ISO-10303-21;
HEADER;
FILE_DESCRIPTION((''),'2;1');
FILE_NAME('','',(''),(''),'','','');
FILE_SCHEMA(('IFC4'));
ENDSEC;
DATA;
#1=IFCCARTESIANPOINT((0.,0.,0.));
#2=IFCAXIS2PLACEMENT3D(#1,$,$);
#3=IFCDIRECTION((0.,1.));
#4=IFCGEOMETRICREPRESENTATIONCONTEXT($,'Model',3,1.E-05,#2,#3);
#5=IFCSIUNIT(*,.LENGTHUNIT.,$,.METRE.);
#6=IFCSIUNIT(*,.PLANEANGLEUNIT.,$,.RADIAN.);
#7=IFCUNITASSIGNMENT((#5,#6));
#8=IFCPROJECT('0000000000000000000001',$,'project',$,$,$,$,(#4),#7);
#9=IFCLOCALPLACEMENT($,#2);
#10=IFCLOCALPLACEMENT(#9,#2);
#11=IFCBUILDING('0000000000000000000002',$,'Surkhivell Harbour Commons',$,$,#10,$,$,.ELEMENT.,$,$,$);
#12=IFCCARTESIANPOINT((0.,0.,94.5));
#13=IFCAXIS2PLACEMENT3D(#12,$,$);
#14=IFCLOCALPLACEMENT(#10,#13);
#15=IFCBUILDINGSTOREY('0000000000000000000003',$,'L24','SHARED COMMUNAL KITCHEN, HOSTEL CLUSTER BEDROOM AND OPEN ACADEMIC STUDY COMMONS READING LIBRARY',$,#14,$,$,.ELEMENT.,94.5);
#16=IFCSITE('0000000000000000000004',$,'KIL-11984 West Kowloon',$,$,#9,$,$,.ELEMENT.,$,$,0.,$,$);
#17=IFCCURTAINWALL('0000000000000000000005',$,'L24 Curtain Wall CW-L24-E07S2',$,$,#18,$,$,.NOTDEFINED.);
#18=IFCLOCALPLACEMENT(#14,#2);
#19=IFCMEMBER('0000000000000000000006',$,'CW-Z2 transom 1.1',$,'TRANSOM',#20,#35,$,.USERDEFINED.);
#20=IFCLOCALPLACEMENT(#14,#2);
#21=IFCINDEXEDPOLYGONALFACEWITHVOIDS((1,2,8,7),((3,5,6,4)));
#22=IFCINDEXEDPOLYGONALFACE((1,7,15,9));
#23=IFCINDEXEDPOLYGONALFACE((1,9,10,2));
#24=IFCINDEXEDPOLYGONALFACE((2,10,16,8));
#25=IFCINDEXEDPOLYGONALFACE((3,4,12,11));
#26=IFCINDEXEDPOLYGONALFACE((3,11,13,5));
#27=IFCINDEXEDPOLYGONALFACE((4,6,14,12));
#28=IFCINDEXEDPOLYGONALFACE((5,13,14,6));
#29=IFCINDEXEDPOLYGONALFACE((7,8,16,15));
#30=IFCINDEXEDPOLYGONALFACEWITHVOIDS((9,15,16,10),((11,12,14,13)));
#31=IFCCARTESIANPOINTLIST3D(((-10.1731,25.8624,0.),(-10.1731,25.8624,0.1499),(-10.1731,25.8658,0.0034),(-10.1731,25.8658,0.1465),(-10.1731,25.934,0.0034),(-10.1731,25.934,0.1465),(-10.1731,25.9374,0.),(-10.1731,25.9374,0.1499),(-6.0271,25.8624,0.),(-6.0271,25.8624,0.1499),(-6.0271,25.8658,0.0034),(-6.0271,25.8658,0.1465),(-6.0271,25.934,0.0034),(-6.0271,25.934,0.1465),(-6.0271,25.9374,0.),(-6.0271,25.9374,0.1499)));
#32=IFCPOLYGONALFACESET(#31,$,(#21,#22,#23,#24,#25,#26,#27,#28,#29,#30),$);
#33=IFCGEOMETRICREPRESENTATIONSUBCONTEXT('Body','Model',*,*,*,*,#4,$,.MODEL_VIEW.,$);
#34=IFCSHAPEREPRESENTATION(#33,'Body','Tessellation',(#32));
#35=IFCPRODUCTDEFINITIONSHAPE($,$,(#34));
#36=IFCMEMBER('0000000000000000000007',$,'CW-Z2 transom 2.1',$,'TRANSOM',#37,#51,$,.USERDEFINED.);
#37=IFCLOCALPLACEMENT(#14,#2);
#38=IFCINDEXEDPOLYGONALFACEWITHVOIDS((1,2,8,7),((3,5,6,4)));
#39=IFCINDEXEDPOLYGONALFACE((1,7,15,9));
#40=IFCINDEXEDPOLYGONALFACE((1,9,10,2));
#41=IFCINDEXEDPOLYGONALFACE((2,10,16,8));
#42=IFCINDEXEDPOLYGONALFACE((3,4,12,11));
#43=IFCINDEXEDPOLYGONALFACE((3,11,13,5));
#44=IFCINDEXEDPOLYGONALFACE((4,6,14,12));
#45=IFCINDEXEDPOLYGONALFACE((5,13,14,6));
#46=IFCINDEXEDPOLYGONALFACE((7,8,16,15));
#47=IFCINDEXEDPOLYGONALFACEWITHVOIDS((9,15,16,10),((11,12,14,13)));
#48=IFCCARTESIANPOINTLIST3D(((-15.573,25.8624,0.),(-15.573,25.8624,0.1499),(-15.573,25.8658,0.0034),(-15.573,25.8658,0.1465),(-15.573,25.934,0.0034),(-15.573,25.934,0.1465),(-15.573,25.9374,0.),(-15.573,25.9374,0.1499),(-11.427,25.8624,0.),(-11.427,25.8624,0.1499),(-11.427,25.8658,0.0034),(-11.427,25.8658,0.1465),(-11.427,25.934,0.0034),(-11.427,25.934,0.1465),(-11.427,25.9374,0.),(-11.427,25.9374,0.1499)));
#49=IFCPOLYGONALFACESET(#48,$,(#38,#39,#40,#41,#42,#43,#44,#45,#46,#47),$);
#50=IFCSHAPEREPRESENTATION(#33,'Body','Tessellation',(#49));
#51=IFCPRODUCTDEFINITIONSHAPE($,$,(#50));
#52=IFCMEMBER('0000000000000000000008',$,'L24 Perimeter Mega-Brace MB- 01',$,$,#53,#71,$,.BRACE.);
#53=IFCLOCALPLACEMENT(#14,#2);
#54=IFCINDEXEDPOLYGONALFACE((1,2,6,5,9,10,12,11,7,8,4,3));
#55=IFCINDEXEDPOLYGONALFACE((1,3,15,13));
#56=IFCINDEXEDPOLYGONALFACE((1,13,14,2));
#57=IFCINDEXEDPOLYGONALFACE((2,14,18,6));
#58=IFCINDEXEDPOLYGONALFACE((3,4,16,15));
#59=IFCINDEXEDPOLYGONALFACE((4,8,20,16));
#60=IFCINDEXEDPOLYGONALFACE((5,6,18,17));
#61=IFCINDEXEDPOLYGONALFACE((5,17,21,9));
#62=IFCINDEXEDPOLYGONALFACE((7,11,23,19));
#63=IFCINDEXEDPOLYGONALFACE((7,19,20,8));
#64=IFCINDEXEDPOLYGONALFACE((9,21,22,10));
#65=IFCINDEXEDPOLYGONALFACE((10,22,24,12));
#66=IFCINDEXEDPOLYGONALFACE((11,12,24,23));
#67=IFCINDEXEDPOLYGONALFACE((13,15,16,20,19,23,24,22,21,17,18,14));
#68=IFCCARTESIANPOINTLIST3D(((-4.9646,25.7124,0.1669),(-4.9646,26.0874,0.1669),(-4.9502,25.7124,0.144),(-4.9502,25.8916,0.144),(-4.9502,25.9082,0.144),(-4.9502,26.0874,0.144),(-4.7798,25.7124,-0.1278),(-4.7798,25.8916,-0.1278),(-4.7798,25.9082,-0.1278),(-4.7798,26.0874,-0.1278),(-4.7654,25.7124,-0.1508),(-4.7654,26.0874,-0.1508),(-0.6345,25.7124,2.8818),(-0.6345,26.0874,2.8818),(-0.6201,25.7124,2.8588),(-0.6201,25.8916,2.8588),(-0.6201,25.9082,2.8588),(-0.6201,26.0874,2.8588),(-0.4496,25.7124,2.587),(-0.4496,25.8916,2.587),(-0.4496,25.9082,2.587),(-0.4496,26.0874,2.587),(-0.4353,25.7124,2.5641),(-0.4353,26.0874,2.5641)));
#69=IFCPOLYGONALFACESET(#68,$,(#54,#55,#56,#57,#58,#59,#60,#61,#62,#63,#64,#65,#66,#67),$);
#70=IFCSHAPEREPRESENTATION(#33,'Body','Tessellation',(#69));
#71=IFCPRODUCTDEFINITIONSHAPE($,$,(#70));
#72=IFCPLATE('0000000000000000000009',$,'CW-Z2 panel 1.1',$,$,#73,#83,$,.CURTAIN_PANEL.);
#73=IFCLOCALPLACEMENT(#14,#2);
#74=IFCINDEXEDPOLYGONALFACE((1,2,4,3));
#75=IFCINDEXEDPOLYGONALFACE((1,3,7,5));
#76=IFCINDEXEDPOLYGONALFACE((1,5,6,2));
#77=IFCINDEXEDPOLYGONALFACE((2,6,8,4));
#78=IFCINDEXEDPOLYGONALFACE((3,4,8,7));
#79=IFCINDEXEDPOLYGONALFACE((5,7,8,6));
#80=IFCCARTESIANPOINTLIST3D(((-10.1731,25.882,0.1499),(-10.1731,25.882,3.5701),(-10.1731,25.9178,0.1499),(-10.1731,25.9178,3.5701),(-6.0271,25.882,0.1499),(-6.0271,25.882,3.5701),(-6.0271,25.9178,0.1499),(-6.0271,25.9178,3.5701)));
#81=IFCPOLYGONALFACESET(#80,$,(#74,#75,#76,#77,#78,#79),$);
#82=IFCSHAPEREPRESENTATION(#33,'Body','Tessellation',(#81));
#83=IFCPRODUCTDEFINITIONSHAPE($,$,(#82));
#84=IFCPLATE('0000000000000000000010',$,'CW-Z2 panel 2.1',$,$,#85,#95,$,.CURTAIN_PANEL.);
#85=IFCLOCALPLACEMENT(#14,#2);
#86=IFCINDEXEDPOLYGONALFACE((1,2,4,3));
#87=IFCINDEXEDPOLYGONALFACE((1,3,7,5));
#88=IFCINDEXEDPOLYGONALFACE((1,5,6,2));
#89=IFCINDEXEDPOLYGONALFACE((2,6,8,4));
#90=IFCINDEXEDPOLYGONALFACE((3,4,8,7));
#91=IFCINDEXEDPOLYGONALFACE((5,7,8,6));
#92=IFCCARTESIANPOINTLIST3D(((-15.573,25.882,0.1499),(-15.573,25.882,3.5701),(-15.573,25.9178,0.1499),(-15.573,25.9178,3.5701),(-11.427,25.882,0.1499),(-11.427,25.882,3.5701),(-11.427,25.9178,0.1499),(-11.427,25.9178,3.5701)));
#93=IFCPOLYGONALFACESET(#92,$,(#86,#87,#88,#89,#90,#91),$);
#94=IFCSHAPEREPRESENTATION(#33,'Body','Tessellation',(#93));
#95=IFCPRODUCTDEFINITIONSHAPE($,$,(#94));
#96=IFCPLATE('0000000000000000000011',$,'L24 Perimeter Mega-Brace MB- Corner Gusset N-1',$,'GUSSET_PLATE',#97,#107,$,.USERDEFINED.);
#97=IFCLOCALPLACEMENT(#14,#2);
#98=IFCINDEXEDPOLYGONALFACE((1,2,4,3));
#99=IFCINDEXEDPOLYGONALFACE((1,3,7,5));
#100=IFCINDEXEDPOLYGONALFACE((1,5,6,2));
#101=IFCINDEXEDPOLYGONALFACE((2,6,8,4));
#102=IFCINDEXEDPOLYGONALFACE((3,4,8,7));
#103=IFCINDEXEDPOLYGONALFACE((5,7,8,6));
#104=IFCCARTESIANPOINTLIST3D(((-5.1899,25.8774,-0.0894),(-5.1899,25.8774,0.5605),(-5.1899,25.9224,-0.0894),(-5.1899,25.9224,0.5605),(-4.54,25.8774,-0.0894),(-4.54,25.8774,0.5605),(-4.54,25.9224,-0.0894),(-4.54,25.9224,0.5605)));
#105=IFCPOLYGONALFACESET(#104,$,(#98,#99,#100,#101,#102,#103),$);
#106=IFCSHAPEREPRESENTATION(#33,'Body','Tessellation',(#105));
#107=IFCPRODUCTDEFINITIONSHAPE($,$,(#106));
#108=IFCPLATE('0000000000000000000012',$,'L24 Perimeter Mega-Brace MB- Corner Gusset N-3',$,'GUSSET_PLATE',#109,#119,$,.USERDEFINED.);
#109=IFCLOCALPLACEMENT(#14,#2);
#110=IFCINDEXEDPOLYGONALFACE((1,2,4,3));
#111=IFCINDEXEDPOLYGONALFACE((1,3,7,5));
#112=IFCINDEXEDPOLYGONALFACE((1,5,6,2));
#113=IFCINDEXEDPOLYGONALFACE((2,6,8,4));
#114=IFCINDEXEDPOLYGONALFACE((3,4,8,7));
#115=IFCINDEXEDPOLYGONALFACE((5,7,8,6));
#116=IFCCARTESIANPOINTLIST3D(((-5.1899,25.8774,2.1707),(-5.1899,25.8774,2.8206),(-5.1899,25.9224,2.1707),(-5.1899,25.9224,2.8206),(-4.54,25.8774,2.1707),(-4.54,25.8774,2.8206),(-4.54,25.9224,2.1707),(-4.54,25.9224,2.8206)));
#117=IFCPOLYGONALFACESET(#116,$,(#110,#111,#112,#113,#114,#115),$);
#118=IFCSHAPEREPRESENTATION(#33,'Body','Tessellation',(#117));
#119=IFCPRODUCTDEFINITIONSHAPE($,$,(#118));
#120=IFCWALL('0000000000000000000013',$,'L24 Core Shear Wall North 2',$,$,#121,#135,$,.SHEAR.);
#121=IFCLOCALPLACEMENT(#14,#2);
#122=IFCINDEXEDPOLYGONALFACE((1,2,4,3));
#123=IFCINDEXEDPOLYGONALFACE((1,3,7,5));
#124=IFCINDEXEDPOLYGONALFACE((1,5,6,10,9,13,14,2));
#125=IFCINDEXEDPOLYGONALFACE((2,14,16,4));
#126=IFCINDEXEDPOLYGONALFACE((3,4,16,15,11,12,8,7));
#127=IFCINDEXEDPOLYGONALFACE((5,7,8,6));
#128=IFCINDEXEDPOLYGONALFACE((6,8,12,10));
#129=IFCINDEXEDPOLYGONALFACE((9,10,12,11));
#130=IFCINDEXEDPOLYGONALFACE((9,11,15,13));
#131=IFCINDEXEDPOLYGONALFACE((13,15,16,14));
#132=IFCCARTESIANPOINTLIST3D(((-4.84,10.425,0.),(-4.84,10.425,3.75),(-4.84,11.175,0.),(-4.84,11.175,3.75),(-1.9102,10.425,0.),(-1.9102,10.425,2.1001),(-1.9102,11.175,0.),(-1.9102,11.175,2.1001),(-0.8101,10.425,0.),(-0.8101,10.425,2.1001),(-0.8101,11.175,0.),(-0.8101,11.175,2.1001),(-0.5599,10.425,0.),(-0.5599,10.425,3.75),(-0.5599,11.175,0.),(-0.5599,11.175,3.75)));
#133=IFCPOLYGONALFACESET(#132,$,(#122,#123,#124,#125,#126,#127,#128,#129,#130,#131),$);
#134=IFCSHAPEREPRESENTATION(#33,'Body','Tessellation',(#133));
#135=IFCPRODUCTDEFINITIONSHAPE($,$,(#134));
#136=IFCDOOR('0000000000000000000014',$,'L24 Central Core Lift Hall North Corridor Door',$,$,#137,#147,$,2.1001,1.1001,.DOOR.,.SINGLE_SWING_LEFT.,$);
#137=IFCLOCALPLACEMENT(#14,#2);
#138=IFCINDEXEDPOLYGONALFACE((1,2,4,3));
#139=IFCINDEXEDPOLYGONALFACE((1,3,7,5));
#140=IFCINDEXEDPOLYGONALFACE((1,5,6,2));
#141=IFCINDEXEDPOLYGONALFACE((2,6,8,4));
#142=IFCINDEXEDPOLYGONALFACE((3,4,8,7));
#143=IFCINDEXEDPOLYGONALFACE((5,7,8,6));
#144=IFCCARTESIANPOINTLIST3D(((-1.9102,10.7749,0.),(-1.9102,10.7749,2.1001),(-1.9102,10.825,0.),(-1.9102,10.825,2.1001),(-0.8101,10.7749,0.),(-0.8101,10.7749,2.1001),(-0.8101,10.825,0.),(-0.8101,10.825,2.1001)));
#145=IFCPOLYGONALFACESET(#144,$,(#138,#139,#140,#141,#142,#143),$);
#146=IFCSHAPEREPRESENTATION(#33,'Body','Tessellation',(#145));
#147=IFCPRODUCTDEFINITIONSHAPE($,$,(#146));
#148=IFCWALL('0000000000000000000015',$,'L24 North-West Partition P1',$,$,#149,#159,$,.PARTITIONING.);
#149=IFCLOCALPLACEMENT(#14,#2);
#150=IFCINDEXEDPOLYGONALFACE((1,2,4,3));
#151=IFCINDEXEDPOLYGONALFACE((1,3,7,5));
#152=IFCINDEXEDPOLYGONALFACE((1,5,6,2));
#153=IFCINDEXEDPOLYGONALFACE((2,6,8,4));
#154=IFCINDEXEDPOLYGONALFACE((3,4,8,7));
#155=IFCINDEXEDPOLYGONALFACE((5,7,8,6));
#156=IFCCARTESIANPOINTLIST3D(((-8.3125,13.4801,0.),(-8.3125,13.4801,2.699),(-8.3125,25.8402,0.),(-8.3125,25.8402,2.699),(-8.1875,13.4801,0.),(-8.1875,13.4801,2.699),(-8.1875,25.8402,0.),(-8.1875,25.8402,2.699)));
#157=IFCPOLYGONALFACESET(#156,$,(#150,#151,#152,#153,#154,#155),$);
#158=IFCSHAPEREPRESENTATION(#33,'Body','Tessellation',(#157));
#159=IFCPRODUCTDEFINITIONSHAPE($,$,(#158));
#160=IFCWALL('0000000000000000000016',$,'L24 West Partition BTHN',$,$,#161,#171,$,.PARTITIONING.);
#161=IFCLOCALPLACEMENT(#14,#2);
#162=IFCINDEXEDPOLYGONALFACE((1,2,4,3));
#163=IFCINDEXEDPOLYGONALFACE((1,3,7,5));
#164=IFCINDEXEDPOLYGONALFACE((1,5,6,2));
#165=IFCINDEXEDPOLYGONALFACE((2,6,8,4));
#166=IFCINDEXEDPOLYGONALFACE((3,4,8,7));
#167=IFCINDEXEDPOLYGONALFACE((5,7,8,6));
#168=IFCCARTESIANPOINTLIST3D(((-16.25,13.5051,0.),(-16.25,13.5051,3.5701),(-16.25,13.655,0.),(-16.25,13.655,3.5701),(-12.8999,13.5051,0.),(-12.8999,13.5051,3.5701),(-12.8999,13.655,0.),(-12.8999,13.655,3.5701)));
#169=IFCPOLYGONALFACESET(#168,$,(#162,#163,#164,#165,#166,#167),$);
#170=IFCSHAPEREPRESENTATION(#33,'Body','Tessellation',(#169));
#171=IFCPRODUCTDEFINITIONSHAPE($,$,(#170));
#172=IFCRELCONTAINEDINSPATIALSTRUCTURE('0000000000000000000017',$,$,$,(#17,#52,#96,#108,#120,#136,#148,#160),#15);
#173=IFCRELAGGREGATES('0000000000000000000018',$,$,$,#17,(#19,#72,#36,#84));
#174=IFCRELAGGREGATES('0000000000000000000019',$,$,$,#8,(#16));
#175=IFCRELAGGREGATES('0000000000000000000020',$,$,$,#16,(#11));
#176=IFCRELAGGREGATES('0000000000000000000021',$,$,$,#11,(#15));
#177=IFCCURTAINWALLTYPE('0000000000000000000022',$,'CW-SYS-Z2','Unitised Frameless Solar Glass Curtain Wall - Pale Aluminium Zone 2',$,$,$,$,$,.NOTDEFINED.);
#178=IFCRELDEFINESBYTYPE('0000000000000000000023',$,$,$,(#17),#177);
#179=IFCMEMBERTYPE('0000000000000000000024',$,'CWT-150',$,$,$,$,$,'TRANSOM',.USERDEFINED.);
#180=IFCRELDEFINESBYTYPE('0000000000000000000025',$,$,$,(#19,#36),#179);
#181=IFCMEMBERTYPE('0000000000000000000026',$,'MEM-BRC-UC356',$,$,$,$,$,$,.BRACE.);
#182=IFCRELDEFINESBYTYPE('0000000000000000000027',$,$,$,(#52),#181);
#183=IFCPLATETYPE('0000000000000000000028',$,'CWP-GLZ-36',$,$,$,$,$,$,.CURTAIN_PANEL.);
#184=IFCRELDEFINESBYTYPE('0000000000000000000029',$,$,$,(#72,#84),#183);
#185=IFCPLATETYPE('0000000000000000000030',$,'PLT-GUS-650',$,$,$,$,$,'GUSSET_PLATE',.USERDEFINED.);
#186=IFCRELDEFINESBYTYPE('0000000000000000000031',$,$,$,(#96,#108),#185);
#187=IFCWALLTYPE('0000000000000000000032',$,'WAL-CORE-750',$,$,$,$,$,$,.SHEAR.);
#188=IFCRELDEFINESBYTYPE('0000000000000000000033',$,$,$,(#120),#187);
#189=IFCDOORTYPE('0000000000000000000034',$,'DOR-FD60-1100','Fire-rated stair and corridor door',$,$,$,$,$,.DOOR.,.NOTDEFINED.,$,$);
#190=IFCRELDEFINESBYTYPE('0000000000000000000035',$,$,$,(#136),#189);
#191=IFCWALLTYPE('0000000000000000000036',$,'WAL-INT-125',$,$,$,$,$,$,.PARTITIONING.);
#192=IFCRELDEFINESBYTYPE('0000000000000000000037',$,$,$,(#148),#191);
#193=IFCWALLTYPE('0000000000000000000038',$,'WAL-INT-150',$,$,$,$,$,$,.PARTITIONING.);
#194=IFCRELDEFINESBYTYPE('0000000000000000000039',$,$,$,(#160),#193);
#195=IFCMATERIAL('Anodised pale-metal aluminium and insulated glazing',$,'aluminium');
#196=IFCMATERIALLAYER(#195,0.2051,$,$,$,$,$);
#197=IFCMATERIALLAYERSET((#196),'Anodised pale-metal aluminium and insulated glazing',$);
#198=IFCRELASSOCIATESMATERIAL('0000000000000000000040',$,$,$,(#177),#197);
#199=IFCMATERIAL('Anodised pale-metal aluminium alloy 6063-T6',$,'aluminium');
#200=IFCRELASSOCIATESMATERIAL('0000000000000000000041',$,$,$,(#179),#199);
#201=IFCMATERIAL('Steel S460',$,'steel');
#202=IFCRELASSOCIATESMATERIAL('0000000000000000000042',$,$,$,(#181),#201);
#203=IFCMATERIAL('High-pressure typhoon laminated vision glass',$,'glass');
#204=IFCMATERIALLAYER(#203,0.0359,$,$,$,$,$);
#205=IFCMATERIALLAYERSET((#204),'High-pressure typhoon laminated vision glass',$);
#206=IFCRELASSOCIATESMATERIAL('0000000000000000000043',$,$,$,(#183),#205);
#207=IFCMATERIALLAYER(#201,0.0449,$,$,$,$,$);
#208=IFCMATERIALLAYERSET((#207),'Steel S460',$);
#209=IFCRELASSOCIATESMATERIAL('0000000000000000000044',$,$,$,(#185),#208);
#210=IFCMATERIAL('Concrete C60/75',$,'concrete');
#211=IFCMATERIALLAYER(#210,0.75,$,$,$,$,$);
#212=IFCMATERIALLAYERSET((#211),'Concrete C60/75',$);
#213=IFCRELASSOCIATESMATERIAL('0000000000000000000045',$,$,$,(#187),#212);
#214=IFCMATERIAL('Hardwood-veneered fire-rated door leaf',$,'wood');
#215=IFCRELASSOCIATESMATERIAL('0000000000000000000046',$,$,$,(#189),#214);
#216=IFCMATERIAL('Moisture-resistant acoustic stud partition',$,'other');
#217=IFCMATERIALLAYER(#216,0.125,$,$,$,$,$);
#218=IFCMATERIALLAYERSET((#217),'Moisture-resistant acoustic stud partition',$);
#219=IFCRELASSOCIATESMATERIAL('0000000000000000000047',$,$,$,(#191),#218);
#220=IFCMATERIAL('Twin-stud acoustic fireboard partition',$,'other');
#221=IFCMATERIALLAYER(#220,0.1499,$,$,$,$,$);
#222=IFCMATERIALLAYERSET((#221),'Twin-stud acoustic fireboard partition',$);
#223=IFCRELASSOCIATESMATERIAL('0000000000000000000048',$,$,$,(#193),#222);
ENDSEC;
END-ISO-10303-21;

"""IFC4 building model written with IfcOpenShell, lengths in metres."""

from ifc_helpers import new_model, si_unit, direction, frame, frame_2d, origin, origin_2d, place, context, subcontext, project, spatial, rectangle, hollow_rectangle, i_section, extrude, material, layer, layer_set, material_profile, profile_set, type_object, element, fill, aggregate, save


model = new_model("IFC4")

# Units and contexts
model_context = context("Model", 3, precision=1e-05, world=origin(), true_north=direction((0.0, 1.0)))
body_context = subcontext(model_context, "Body", "Model", "MODEL_VIEW")
ifc_project = project(units=[si_unit("LENGTHUNIT", "METRE"), si_unit("PLANEANGLEUNIT", "RADIAN")], contexts=[model_context])

# Site, building, storey
site_placement = place(None, origin())
site = spatial("IfcSite", under=ifc_project, at=site_placement, Name="KIL-11984 West Kowloon", CompositionType="ELEMENT", RefElevation=0.0)
building_placement = place(site_placement, origin())
building = spatial("IfcBuilding", under=site, at=building_placement, Name="Surkhivell Harbour Commons", CompositionType="ELEMENT")
storey_placement = place(building_placement, frame((0.0, 0.0, 94.5)))
storey = spatial("IfcBuildingStorey", under=building, at=storey_placement, Name="L24", Description="SHARED COMMUNAL KITCHEN, HOSTEL CLUSTER BEDROOM AND OPEN ACADEMIC STUDY COMMONS READING LIBRARY", CompositionType="ELEMENT", Elevation=94.5)

# Shared definitions
ifc_material_1 = material(Name="Concrete C60/75", Category="concrete")

# Shared definitions
ifc_material_2 = material(Name="Steel S460", Category="steel")

# Curtain wall, members
ifc_material_3 = material(Name="Anodised pale-metal aluminium and insulated glazing", Category="aluminium")
ifc_layer_1 = layer(ifc_material_3, 0.2051)
ifc_layer_set_1 = layer_set([ifc_layer_1], Name="Anodised pale-metal aluminium and insulated glazing")
curtain_wall_type = type_object("IfcCurtainWallType", Name="CW-SYS-Z2", Description="Unitised Frameless Solar Glass Curtain Wall - Pale Aluminium Zone 2", PredefinedType="NOTDEFINED", material=ifc_layer_set_1)
curtain_wall_placement = place(storey_placement, origin())
curtain_wall = element("IfcCurtainWall", 1, at=curtain_wall_placement, inside=storey, type_object=curtain_wall_type, Name="L24 Curtain Wall CW-L24-E07S2", PredefinedType="NOTDEFINED")
ifc_material_4 = material(Name="Anodised pale-metal aluminium alloy 6063-T6", Category="aluminium")
ifc_material_profile_1 = material_profile(ifc_material_4, hollow_rectangle(XDim=0.075, YDim=0.1499, WallThickness=0.0034, at=origin_2d()), Name="ALU-TRAN-75x150")
ifc_profile_set_1 = profile_set([ifc_material_profile_1], Name="Anodised pale-metal aluminium alloy 6063-T6")
member_type_1 = type_object("IfcMemberType", Name="CWT-150", ElementType="TRANSOM", PredefinedType="USERDEFINED", material=ifc_profile_set_1)
member_1_placement = place(storey_placement, frame((-6.0271, 25.8999, 0.075), z_axis=(-1.0, 0.0, 0.0), x_axis=(0.0, -1.0, 0.0)))
member_1 = element("IfcMember", 2, at=member_1_placement, type_object=member_type_1, Name="CW-Z2 transom 1.1", ObjectType="TRANSOM", PredefinedType="USERDEFINED", context=body_context, shape_type="SweptSolid", body=[
    extrude(hollow_rectangle(XDim=0.075, YDim=0.1499, WallThickness=0.0034, at=origin_2d()), origin(), (0.0, 0.0, 1.0), 4.146),
])
member_2_placement = place(storey_placement, frame((-11.427, 25.8999, 0.075), z_axis=(-1.0, 0.0, 0.0), x_axis=(0.0, -1.0, 0.0)))
member_2 = element("IfcMember", 3, at=member_2_placement, type_object=member_type_1, Name="CW-Z2 transom 2.1", ObjectType="TRANSOM", PredefinedType="USERDEFINED", context=body_context, shape_type="SweptSolid", body=[
    extrude(hollow_rectangle(XDim=0.075, YDim=0.1499, WallThickness=0.0034, at=origin_2d()), origin(), (0.0, 0.0, 1.0), 4.146),
])

# Member
ifc_material_profile_2 = material_profile(ifc_material_2, i_section(OverallWidth=0.375, OverallDepth=0.375, WebThickness=0.0166, FlangeThickness=0.0271, at=origin_2d()), Name="UC356x368x202")
ifc_profile_set_2 = profile_set([ifc_material_profile_2], Name="Steel S460")
member_type_2 = type_object("IfcMemberType", Name="MEM-BRC-UC356", PredefinedType="BRACE", material=ifc_profile_set_2)
member_3_placement = place(storey_placement, frame((-4.865, 25.8999, 0.0081), z_axis=(0.847246, 0.0, 0.531201), x_axis=(0.0, 1.0, 0.0)))
element("IfcMember", 4, at=member_3_placement, inside=storey, type_object=member_type_2, Name="L24 Perimeter Mega-Brace MB- 01", PredefinedType="BRACE", context=body_context, shape_type="SweptSolid", body=[
    extrude(i_section(OverallWidth=0.375, OverallDepth=0.375, WebThickness=0.0166, FlangeThickness=0.0271, at=origin_2d()), origin(), (0.0, 0.0, 1.0), 5.1108),
])

# Plates
ifc_material_5 = material(Name="High-pressure typhoon laminated vision glass", Category="glass")
ifc_layer_2 = layer(ifc_material_5, 0.0359)
ifc_layer_set_2 = layer_set([ifc_layer_2], Name="High-pressure typhoon laminated vision glass")
plate_type_1 = type_object("IfcPlateType", Name="CWP-GLZ-36", PredefinedType="CURTAIN_PANEL", material=ifc_layer_set_2)
plate_1_placement = place(storey_placement, frame((-6.0271, 25.8999, 0.1499), z_axis=(0.0, 0.0, 1.0), x_axis=(-1.0, 0.0, 0.0)))
plate_1 = element("IfcPlate", 5, at=plate_1_placement, type_object=plate_type_1, Name="CW-Z2 panel 1.1", PredefinedType="CURTAIN_PANEL", context=body_context, shape_type="SweptSolid", body=[
    extrude(rectangle(XDim=4.146, YDim=0.0359, at=frame_2d((2.073, 0.0))), origin(), (0.0, 0.0, 1.0), 3.4202),
])
plate_2_placement = place(storey_placement, frame((-11.427, 25.8999, 0.1499), z_axis=(0.0, 0.0, 1.0), x_axis=(-1.0, 0.0, 0.0)))
plate_2 = element("IfcPlate", 6, at=plate_2_placement, type_object=plate_type_1, Name="CW-Z2 panel 2.1", PredefinedType="CURTAIN_PANEL", context=body_context, shape_type="SweptSolid", body=[
    extrude(rectangle(XDim=4.146, YDim=0.0359, at=frame_2d((2.073, 0.0))), origin(), (0.0, 0.0, 1.0), 3.4202),
])
aggregate(curtain_wall, [member_1, plate_1, member_2, plate_2])

# Plates
ifc_layer_3 = layer(ifc_material_2, 0.0449)
ifc_layer_set_3 = layer_set([ifc_layer_3], Name="Steel S460")
plate_type_2 = type_object("IfcPlateType", Name="PLT-GUS-650", ElementType="GUSSET_PLATE", PredefinedType="USERDEFINED", material=ifc_layer_set_3)
for number, where, z_axis, x_axis, name in (
    (7, (-4.865, 25.8999, -0.0894), (0.0, 0.0, 1.0), (1.0, 0.0, 0.0), "L24 Perimeter Mega-Brace MB- Corner Gusset N-1"),
    (8, (-4.865, 25.8999, 2.1707), (0.0, 0.0, 1.0), (1.0, 0.0, 0.0), "L24 Perimeter Mega-Brace MB- Corner Gusset N-3"),
):
    element("IfcPlate", number, at=place(storey_placement, frame(where, z_axis=z_axis, x_axis=x_axis)), inside=storey, type_object=plate_type_2, Name=name, ObjectType="GUSSET_PLATE", PredefinedType="USERDEFINED", context=body_context, shape_type="SweptSolid", body=[
        extrude(rectangle(XDim=0.6499, YDim=0.0449, at=origin_2d()), origin(), (0.0, 0.0, 1.0), 0.6499),
    ])

# Wall, opening, door
ifc_layer_4 = layer(ifc_material_1, 0.75)
ifc_layer_set_4 = layer_set([ifc_layer_4], Name="Concrete C60/75")
wall_type_1 = type_object("IfcWallType", Name="WAL-CORE-750", PredefinedType="SHEAR", material=ifc_layer_set_4)
wall_1_placement = place(storey_placement, frame((-4.8401, 10.8, 0.0), z_axis=(0.0, 0.0, 1.0), x_axis=(1.0, 0.0, 0.0)))
wall_1 = element("IfcWall", 9, at=wall_1_placement, inside=storey, type_object=wall_type_1, Name="L24 Core Shear Wall North 2", PredefinedType="SHEAR", context=body_context, shape_type="SweptSolid", body=[
    extrude(rectangle(XDim=4.28, YDim=0.75, at=frame_2d((2.1401, 0.0))), origin(), (0.0, 0.0, 1.0), 3.75),
])
opening_1_placement = place(wall_1_placement, frame((2.9299, 0.0, 0.0)))
opening_1 = element("IfcOpeningElement", 10, at=opening_1_placement, cuts=wall_1, PredefinedType="OPENING", context=body_context, shape_type="SweptSolid", body=[
    extrude(rectangle(XDim=1.1001, YDim=2.1001, at=frame_2d((0.55, 1.05))), frame((0.0, 0.385, 0.0), z_axis=(0.0, -1.0, 0.0), x_axis=(1.0, 0.0, 0.0)), (0.0, 0.0, 1.0), 0.77),
])
ifc_material_6 = material(Name="Hardwood-veneered fire-rated door leaf", Category="wood")
door_type_1 = type_object("IfcDoorType", Name="DOR-FD60-1100", Description="Fire-rated stair and corridor door", OperationType="NOTDEFINED", PredefinedType="DOOR", material=ifc_material_6)
door_1_placement = place(opening_1_placement, origin())
door_1 = element("IfcDoor", 11, at=door_1_placement, inside=storey, type_object=door_type_1, Name="L24 Central Core Lift Hall North Corridor Door", OperationType="SINGLE_SWING_LEFT", OverallHeight=2.1001, OverallWidth=1.1001, PredefinedType="DOOR", context=body_context, shape_type="SweptSolid", body=[
    extrude(rectangle(XDim=1.1001, YDim=2.1001, at=frame_2d((0.55, 1.05))), frame((0.0, 0.0249, 0.0), z_axis=(0.0, -1.0, 0.0), x_axis=(1.0, 0.0, 0.0)), (0.0, 0.0, 1.0), 0.05),
])
fill(opening_1, door_1)

# Walls
ifc_material_7 = material(Name="Moisture-resistant acoustic stud partition", Category="other")
ifc_layer_5 = layer(ifc_material_7, 0.125)
ifc_layer_set_5 = layer_set([ifc_layer_5], Name="Moisture-resistant acoustic stud partition")
wall_type_2 = type_object("IfcWallType", Name="WAL-INT-125", PredefinedType="PARTITIONING", material=ifc_layer_set_5)
wall_2_placement = place(storey_placement, frame((-8.25, 13.48, 0.0), z_axis=(0.0, 0.0, 1.0), x_axis=(0.0, 1.0, 0.0)))
element("IfcWall", 12, at=wall_2_placement, inside=storey, type_object=wall_type_2, Name="L24 North-West Partition P1", PredefinedType="PARTITIONING", context=body_context, shape_type="SweptSolid", body=[
    extrude(rectangle(XDim=12.3601, YDim=0.125, at=frame_2d((6.1802, 0.0))), origin(), (0.0, 0.0, 1.0), 2.699),
])
ifc_material_8 = material(Name="Twin-stud acoustic fireboard partition", Category="other")
ifc_layer_6 = layer(ifc_material_8, 0.1499)
ifc_layer_set_6 = layer_set([ifc_layer_6], Name="Twin-stud acoustic fireboard partition")
wall_type_3 = type_object("IfcWallType", Name="WAL-INT-150", PredefinedType="PARTITIONING", material=ifc_layer_set_6)
wall_3_placement = place(storey_placement, frame((-16.25, 13.5801, 0.0), z_axis=(0.0, 0.0, 1.0), x_axis=(1.0, 0.0, 0.0)))
element("IfcWall", 13, at=wall_3_placement, inside=storey, type_object=wall_type_3, Name="L24 West Partition BTHN", PredefinedType="PARTITIONING", context=body_context, shape_type="SweptSolid", body=[
    extrude(rectangle(XDim=3.3501, YDim=0.1499, at=frame_2d((1.675, 0.0))), origin(), (0.0, 0.0, 1.0), 3.5701),
])

save(model, "model.ifc")
